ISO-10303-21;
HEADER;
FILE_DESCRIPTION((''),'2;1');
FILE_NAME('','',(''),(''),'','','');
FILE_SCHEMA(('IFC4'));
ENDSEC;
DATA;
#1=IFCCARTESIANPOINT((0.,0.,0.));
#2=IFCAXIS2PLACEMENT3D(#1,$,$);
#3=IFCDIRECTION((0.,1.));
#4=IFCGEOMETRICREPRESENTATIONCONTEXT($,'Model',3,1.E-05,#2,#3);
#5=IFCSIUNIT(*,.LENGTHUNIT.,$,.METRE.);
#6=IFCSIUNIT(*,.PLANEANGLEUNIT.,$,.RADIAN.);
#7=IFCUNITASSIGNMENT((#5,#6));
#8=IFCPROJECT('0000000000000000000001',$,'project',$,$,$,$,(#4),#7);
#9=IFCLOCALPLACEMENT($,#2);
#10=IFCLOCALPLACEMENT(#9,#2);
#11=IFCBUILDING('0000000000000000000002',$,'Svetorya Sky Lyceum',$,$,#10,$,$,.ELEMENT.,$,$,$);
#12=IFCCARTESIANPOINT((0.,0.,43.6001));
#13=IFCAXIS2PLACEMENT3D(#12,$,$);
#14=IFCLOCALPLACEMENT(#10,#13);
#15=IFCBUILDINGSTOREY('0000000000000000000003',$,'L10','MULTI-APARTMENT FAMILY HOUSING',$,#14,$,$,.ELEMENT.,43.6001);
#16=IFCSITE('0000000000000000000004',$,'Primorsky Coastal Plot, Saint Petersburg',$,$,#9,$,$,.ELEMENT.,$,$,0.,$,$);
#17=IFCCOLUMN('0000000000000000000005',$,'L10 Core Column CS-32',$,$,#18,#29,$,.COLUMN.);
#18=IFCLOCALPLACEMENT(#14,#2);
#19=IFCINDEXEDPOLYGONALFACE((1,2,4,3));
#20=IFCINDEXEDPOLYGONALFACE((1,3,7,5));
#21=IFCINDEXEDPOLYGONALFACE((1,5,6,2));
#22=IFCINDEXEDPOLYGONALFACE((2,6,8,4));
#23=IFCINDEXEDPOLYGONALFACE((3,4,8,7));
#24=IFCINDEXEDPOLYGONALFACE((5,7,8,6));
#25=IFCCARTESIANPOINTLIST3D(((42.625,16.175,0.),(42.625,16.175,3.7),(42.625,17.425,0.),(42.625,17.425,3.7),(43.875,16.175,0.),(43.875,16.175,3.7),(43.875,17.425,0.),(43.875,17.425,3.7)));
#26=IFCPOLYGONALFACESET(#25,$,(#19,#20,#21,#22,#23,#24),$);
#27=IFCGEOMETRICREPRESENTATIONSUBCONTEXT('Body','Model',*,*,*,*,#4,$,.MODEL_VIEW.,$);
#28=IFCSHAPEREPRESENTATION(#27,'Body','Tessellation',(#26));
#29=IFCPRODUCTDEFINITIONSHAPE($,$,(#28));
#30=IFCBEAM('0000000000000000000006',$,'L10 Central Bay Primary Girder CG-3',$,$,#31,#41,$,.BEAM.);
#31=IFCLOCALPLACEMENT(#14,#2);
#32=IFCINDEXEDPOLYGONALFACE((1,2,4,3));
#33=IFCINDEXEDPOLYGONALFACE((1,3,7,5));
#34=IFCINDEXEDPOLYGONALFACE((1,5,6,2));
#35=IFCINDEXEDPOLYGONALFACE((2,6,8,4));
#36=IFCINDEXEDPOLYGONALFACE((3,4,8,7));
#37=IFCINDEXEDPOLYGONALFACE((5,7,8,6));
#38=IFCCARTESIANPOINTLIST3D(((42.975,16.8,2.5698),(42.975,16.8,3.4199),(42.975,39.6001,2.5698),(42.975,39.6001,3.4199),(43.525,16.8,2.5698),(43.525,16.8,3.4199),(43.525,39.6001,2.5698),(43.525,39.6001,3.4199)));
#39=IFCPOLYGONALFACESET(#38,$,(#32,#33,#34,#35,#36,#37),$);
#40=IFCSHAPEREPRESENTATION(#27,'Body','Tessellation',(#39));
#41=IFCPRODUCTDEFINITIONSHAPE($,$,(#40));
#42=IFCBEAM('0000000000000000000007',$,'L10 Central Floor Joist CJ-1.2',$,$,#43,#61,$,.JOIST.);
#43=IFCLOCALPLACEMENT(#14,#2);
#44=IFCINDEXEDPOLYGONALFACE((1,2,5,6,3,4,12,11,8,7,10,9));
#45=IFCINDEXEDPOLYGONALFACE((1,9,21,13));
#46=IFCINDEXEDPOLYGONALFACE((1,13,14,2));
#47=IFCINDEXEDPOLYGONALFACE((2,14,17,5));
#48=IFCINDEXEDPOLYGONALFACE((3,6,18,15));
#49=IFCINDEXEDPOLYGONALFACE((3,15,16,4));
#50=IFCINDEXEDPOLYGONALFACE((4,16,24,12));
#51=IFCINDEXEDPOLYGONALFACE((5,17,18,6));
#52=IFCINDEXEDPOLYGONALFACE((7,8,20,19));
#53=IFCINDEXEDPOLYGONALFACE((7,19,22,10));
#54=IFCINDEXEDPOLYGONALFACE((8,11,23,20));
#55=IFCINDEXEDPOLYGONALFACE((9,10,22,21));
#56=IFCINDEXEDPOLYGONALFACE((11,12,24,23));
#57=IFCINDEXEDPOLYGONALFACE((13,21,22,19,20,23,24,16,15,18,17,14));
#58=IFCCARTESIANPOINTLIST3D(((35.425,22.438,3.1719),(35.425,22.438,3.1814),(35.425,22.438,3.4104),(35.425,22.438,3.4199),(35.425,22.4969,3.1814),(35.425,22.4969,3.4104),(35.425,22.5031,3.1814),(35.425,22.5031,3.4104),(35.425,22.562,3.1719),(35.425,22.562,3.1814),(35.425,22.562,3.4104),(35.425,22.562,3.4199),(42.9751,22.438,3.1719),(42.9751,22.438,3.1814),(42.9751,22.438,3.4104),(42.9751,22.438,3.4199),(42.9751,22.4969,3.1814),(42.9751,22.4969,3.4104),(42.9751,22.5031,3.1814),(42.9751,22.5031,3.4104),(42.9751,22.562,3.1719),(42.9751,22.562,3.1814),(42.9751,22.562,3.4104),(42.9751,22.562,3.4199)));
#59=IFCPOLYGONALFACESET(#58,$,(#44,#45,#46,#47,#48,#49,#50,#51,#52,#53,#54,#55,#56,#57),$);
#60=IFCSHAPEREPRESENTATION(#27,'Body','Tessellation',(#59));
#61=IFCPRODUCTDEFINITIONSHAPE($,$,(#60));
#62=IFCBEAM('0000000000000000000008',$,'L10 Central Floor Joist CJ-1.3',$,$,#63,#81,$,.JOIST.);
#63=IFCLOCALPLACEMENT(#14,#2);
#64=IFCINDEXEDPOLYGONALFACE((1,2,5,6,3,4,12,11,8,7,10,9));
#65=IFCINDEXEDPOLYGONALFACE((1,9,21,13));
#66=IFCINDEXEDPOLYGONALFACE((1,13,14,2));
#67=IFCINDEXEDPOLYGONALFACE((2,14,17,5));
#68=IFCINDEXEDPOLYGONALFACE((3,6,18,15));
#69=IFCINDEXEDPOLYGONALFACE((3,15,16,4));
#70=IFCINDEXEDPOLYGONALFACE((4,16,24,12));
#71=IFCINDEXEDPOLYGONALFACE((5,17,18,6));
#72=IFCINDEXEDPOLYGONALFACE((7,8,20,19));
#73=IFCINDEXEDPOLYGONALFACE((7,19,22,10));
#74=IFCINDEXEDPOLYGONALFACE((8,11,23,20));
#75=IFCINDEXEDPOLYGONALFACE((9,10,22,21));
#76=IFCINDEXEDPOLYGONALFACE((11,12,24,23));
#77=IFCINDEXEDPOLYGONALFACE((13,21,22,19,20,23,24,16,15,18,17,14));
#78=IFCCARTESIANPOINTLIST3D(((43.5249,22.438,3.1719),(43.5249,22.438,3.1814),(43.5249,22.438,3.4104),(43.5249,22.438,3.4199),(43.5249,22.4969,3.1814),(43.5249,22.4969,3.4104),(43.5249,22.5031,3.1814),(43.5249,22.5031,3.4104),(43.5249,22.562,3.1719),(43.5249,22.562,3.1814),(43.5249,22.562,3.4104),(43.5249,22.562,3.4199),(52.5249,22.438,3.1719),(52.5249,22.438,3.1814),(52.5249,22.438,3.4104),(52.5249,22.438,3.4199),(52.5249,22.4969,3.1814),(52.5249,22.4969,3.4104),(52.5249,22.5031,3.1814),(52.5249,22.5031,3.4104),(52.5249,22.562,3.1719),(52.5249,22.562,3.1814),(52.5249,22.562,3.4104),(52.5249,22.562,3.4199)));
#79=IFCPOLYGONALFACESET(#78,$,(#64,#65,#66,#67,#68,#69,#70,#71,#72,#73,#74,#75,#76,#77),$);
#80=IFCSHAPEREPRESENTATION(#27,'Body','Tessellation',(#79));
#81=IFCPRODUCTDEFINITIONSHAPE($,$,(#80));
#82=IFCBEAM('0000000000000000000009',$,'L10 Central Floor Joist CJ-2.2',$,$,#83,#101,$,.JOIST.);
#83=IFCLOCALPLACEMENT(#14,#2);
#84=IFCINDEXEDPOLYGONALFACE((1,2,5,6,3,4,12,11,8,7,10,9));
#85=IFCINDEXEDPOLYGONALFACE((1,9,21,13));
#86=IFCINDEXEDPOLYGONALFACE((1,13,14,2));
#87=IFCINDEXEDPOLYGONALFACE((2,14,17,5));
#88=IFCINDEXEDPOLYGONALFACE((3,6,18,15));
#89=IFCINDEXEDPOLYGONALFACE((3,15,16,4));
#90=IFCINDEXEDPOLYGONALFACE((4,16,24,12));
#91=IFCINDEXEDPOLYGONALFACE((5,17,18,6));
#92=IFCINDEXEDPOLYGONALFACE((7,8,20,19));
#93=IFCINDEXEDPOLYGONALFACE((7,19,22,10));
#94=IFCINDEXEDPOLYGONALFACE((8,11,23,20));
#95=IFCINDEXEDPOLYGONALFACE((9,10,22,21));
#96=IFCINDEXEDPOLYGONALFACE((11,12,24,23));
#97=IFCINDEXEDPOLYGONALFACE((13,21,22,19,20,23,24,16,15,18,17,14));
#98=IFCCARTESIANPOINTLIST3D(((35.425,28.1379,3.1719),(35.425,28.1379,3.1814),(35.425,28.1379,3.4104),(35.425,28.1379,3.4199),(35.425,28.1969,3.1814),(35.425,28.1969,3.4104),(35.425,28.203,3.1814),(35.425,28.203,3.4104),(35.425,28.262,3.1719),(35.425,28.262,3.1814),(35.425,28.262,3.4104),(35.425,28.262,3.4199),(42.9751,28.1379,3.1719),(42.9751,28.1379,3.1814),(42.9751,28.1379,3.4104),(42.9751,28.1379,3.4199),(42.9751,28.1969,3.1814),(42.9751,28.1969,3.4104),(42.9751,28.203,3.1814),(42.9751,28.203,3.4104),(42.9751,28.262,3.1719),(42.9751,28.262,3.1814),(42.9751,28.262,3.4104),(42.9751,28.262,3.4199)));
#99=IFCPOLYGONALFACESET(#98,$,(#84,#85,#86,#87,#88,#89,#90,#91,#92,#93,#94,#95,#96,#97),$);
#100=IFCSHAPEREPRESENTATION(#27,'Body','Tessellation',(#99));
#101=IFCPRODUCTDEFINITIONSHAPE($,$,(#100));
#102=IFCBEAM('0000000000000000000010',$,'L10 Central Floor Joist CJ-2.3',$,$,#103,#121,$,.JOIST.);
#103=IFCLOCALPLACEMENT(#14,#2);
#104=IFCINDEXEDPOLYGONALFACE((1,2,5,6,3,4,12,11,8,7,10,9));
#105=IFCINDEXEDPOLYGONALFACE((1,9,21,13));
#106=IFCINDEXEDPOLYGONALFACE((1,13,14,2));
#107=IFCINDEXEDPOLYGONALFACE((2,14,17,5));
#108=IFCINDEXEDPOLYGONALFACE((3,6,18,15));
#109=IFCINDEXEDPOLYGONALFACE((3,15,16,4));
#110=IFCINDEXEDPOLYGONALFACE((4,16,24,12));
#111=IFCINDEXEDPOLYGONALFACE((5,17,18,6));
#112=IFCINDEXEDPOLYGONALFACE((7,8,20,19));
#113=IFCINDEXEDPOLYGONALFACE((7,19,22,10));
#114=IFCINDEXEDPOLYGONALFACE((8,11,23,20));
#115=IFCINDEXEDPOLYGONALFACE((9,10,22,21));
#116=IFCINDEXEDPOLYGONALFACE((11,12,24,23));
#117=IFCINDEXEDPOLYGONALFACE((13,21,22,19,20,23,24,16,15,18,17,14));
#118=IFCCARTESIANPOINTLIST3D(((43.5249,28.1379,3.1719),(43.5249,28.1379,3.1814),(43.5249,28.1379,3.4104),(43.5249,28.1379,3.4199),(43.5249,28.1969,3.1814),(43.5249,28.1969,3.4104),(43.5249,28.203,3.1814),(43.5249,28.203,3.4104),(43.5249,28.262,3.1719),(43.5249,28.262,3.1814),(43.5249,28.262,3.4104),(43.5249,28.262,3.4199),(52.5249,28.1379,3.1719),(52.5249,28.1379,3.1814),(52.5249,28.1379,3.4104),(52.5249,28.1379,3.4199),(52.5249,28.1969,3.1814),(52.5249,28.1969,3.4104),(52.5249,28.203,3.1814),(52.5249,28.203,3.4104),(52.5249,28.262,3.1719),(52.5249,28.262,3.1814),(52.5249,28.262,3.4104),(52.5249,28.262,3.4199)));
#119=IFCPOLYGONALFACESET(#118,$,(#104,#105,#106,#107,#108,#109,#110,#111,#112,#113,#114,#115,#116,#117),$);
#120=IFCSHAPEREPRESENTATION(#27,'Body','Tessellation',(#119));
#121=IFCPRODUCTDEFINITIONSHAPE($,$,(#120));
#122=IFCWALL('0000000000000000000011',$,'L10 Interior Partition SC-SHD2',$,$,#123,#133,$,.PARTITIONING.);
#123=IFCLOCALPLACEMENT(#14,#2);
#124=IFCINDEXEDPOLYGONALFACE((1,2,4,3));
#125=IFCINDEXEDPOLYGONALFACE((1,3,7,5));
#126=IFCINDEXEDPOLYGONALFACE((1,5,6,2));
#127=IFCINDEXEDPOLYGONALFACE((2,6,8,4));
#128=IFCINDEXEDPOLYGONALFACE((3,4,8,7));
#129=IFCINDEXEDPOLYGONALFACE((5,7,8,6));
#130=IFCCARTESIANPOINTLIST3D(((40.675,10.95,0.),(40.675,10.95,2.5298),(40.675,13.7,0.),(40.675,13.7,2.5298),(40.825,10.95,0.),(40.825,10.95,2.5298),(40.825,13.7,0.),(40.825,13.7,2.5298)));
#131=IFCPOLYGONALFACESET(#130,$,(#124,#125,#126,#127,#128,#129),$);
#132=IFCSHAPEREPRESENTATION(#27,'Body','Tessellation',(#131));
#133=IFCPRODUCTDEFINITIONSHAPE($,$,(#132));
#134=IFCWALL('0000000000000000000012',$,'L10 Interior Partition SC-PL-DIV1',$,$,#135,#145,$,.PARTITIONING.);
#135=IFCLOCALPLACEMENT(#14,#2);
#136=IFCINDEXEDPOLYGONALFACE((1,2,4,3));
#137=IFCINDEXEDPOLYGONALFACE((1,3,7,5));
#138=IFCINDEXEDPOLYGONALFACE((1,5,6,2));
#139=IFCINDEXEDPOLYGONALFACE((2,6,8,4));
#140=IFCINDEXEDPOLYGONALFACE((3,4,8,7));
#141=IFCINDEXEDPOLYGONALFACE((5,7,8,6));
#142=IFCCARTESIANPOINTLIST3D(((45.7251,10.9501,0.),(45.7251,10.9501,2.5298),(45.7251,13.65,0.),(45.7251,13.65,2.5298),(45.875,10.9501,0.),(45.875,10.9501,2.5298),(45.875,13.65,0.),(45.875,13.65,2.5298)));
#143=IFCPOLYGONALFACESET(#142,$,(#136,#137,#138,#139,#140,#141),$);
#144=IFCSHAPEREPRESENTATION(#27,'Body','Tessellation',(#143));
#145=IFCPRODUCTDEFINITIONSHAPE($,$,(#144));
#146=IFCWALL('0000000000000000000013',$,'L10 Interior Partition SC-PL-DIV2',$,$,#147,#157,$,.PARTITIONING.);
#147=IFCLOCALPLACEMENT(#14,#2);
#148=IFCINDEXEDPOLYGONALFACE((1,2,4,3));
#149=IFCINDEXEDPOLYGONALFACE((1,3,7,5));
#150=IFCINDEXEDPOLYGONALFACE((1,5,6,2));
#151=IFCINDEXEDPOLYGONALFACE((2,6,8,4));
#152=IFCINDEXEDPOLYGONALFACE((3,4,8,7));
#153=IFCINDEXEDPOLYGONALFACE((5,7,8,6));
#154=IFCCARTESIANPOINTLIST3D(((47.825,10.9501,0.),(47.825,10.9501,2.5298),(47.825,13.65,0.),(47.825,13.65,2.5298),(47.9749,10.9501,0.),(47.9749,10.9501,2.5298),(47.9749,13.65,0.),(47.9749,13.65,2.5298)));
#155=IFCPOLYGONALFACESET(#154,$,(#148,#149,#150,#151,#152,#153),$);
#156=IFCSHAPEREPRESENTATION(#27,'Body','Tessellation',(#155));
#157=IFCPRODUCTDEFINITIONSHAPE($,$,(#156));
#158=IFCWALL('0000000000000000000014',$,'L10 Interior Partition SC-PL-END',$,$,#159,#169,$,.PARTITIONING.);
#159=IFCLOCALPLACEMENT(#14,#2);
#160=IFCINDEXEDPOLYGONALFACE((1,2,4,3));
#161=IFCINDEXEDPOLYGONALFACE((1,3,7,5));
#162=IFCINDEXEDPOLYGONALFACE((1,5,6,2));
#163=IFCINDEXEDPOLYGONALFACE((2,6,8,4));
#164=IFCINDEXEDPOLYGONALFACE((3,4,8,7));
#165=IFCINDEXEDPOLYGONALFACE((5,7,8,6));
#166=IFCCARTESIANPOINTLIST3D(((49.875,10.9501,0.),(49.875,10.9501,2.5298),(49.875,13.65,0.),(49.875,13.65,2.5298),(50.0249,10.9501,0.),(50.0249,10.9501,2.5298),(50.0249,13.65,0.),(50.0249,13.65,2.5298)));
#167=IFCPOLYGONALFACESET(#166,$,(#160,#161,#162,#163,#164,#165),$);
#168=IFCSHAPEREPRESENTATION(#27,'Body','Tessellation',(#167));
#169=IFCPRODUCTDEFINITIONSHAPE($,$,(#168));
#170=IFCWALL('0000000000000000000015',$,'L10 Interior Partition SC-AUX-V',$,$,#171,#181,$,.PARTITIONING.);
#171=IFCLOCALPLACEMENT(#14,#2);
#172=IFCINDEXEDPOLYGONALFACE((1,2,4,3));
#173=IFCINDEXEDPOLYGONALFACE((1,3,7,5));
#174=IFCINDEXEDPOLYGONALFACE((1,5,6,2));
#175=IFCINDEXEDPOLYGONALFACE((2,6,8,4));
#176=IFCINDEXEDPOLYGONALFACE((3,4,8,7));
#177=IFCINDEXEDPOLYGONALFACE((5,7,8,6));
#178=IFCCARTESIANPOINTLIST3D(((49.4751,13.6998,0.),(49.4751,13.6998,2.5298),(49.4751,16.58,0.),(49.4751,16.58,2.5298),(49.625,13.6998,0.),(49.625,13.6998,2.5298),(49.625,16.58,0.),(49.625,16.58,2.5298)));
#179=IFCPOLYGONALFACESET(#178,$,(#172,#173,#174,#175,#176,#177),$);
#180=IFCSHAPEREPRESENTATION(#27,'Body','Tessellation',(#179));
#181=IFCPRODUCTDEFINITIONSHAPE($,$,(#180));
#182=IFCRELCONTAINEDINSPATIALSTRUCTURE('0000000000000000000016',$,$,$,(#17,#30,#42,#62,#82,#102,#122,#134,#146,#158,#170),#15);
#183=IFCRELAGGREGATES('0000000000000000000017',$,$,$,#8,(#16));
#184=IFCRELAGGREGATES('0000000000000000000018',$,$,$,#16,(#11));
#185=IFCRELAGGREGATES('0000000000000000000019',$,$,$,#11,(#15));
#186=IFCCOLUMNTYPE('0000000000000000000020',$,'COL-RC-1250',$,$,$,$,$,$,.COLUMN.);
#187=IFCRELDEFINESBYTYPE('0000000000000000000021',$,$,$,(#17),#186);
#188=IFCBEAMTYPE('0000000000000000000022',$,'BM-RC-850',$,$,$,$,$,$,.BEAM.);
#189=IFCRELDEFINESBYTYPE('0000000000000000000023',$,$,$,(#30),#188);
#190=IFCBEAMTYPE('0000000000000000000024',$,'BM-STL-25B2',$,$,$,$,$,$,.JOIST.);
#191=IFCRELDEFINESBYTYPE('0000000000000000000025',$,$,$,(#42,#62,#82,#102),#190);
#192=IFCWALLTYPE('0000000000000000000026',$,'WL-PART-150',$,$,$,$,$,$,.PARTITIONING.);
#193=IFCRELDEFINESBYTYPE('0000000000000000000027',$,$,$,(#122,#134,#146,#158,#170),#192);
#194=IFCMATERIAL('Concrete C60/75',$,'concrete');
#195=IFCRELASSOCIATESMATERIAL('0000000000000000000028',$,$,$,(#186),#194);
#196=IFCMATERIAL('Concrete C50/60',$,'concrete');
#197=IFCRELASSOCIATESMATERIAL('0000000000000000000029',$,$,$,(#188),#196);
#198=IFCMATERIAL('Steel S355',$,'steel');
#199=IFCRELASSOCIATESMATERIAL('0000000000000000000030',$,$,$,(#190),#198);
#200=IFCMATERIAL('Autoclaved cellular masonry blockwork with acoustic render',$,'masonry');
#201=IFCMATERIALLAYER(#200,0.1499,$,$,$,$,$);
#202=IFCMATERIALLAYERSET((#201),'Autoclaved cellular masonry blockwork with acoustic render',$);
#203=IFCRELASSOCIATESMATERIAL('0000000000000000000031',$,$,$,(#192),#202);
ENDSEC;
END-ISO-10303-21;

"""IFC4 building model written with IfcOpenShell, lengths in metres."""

from ifc_helpers import new_model, si_unit, direction, frame, frame_2d, origin, origin_2d, place, context, subcontext, project, spatial, rectangle, i_section, extrude, material, layer, layer_set, material_profile, profile_set, type_object, element, save


model = new_model("IFC4")

# Units and contexts
model_context = context("Model", 3, precision=1e-05, world=origin(), true_north=direction((0.0, 1.0)))
body_context = subcontext(model_context, "Body", "Model", "MODEL_VIEW")
ifc_project = project(units=[si_unit("LENGTHUNIT", "METRE"), si_unit("PLANEANGLEUNIT", "RADIAN")], contexts=[model_context])

# Site, building, storey
site_placement = place(None, origin())
site = spatial("IfcSite", under=ifc_project, at=site_placement, Name="Primorsky Coastal Plot, Saint Petersburg", CompositionType="ELEMENT", RefElevation=0.0)
building_placement = place(site_placement, origin())
building = spatial("IfcBuilding", under=site, at=building_placement, Name="Svetorya Sky Lyceum", CompositionType="ELEMENT")
storey_placement = place(building_placement, frame((0.0, 0.0, 43.6001)))
storey = spatial("IfcBuildingStorey", under=building, at=storey_placement, Name="L10", Description="MULTI-APARTMENT FAMILY HOUSING", CompositionType="ELEMENT", Elevation=43.6001)

# Column
ifc_material_1 = material(Name="Concrete C60/75", Category="concrete")
ifc_material_profile_1 = material_profile(ifc_material_1, rectangle(XDim=1.25, YDim=1.25, at=origin_2d()), Name="RC COL 1250x1250")
ifc_profile_set_1 = profile_set([ifc_material_profile_1], Name="Concrete C60/75")
column_type = type_object("IfcColumnType", Name="COL-RC-1250", PredefinedType="COLUMN", material=ifc_profile_set_1)
column_placement = place(storey_placement, frame((43.25, 16.8, 0.0), z_axis=(0.0, 0.0, 1.0), x_axis=(1.0, 0.0, 0.0)))
element("IfcColumn", 1, at=column_placement, inside=storey, type_object=column_type, Name="L10 Core Column CS-32", PredefinedType="COLUMN", context=body_context, shape_type="SweptSolid", body=[
    extrude(rectangle(XDim=1.25, YDim=1.25, at=origin_2d()), origin(), (0.0, 0.0, 1.0), 3.7),
])

# Beams
ifc_material_2 = material(Name="Concrete C50/60", Category="concrete")
ifc_material_profile_2 = material_profile(ifc_material_2, rectangle(XDim=0.55, YDim=0.8501, at=origin_2d()), Name="RC BEAM 550x850")
ifc_profile_set_2 = profile_set([ifc_material_profile_2], Name="Concrete C50/60")
beam_type_1 = type_object("IfcBeamType", Name="BM-RC-850", PredefinedType="BEAM", material=ifc_profile_set_2)
beam_1_placement = place(storey_placement, frame((43.25, 16.8, 2.9949), z_axis=(0.0, 1.0, 0.0), x_axis=(-1.0, 0.0, 0.0)))
element("IfcBeam", 2, at=beam_1_placement, inside=storey, type_object=beam_type_1, Name="L10 Central Bay Primary Girder CG-3", PredefinedType="BEAM", context=body_context, shape_type="SweptSolid", body=[
    extrude(rectangle(XDim=0.55, YDim=0.8501, at=origin_2d()), origin(), (0.0, 0.0, 1.0), 22.8),
])
ifc_material_3 = material(Name="Steel S355", Category="steel")
ifc_material_profile_3 = material_profile(ifc_material_3, i_section(OverallWidth=0.124, OverallDepth=0.248, WebThickness=0.0061, FlangeThickness=0.0095, at=origin_2d()), Name="GOST 25B2")
ifc_profile_set_3 = profile_set([ifc_material_profile_3], Name="Steel S355")
beam_type_2 = type_object("IfcBeamType", Name="BM-STL-25B2", PredefinedType="JOIST", material=ifc_profile_set_3)
beam_2_placement = place(storey_placement, frame((35.425, 22.5, 3.2959), z_axis=(1.0, 0.0, 0.0), x_axis=(0.0, 1.0, 0.0)))
element("IfcBeam", 3, at=beam_2_placement, inside=storey, type_object=beam_type_2, Name="L10 Central Floor Joist CJ-1.2", PredefinedType="JOIST", context=body_context, shape_type="SweptSolid", body=[
    extrude(i_section(OverallWidth=0.124, OverallDepth=0.248, WebThickness=0.0061, FlangeThickness=0.0095, at=origin_2d()), origin(), (0.0, 0.0, 1.0), 7.55),
])
beam_3_placement = place(storey_placement, frame((43.5249, 22.5, 3.2959), z_axis=(1.0, 0.0, 0.0), x_axis=(0.0, 1.0, 0.0)))
element("IfcBeam", 4, at=beam_3_placement, inside=storey, type_object=beam_type_2, Name="L10 Central Floor Joist CJ-1.3", PredefinedType="JOIST", context=body_context, shape_type="SweptSolid", body=[
    extrude(i_section(OverallWidth=0.124, OverallDepth=0.248, WebThickness=0.0061, FlangeThickness=0.0095, at=origin_2d()), origin(), (0.0, 0.0, 1.0), 9.0),
])
beam_4_placement = place(storey_placement, frame((35.425, 28.2, 3.2959), z_axis=(1.0, 0.0, 0.0), x_axis=(0.0, 1.0, 0.0)))
element("IfcBeam", 5, at=beam_4_placement, inside=storey, type_object=beam_type_2, Name="L10 Central Floor Joist CJ-2.2", PredefinedType="JOIST", context=body_context, shape_type="SweptSolid", body=[
    extrude(i_section(OverallWidth=0.124, OverallDepth=0.248, WebThickness=0.0061, FlangeThickness=0.0095, at=origin_2d()), origin(), (0.0, 0.0, 1.0), 7.55),
])
beam_5_placement = place(storey_placement, frame((43.5249, 28.2, 3.2959), z_axis=(1.0, 0.0, 0.0), x_axis=(0.0, 1.0, 0.0)))
element("IfcBeam", 6, at=beam_5_placement, inside=storey, type_object=beam_type_2, Name="L10 Central Floor Joist CJ-2.3", PredefinedType="JOIST", context=body_context, shape_type="SweptSolid", body=[
    extrude(i_section(OverallWidth=0.124, OverallDepth=0.248, WebThickness=0.0061, FlangeThickness=0.0095, at=origin_2d()), origin(), (0.0, 0.0, 1.0), 9.0),
])

# Walls
ifc_material_4 = material(Name="Autoclaved cellular masonry blockwork with acoustic render", Category="masonry")
ifc_layer_1 = layer(ifc_material_4, 0.1499)
ifc_layer_set_1 = layer_set([ifc_layer_1], Name="Autoclaved cellular masonry blockwork with acoustic render")
wall_type_1 = type_object("IfcWallType", Name="WL-PART-150", PredefinedType="PARTITIONING", material=ifc_layer_set_1)
wall_1_placement = place(storey_placement, frame((40.75, 10.95, 0.0), z_axis=(0.0, 0.0, 1.0), x_axis=(0.0, 1.0, 0.0)))
element("IfcWall", 7, at=wall_1_placement, inside=storey, type_object=wall_type_1, Name="L10 Interior Partition SC-SHD2", PredefinedType="PARTITIONING", context=body_context, shape_type="SweptSolid", body=[
    extrude(rectangle(XDim=2.75, YDim=0.1499, at=frame_2d((1.375, 0.0))), origin(), (0.0, 0.0, 1.0), 2.5298),
])
for number, where, z_axis, x_axis, name in (
    (8, (45.8, 10.95, 0.0), (0.0, 0.0, 1.0), (0.0, 1.0, 0.0), "L10 Interior Partition SC-PL-DIV1"),
    (9, (47.8999, 10.95, 0.0), (0.0, 0.0, 1.0), (0.0, 1.0, 0.0), "L10 Interior Partition SC-PL-DIV2"),
    (10, (49.95, 10.95, 0.0), (0.0, 0.0, 1.0), (0.0, 1.0, 0.0), "L10 Interior Partition SC-PL-END"),
):
    element("IfcWall", number, at=place(storey_placement, frame(where, z_axis=z_axis, x_axis=x_axis)), inside=storey, type_object=wall_type_1, Name=name, PredefinedType="PARTITIONING", context=body_context, shape_type="SweptSolid", body=[
        extrude(rectangle(XDim=2.7, YDim=0.1499, at=frame_2d((1.3501, 0.0))), origin(), (0.0, 0.0, 1.0), 2.5298),
    ])
wall_2_placement = place(storey_placement, frame((49.55, 13.7, 0.0), z_axis=(0.0, 0.0, 1.0), x_axis=(0.0, 1.0, 0.0)))
element("IfcWall", 11, at=wall_2_placement, inside=storey, type_object=wall_type_1, Name="L10 Interior Partition SC-AUX-V", PredefinedType="PARTITIONING", context=body_context, shape_type="SweptSolid", body=[
    extrude(rectangle(XDim=2.8801, YDim=0.1499, at=frame_2d((1.4399, 0.0))), origin(), (0.0, 0.0, 1.0), 2.5298),
])

save(model, "model.ifc")
